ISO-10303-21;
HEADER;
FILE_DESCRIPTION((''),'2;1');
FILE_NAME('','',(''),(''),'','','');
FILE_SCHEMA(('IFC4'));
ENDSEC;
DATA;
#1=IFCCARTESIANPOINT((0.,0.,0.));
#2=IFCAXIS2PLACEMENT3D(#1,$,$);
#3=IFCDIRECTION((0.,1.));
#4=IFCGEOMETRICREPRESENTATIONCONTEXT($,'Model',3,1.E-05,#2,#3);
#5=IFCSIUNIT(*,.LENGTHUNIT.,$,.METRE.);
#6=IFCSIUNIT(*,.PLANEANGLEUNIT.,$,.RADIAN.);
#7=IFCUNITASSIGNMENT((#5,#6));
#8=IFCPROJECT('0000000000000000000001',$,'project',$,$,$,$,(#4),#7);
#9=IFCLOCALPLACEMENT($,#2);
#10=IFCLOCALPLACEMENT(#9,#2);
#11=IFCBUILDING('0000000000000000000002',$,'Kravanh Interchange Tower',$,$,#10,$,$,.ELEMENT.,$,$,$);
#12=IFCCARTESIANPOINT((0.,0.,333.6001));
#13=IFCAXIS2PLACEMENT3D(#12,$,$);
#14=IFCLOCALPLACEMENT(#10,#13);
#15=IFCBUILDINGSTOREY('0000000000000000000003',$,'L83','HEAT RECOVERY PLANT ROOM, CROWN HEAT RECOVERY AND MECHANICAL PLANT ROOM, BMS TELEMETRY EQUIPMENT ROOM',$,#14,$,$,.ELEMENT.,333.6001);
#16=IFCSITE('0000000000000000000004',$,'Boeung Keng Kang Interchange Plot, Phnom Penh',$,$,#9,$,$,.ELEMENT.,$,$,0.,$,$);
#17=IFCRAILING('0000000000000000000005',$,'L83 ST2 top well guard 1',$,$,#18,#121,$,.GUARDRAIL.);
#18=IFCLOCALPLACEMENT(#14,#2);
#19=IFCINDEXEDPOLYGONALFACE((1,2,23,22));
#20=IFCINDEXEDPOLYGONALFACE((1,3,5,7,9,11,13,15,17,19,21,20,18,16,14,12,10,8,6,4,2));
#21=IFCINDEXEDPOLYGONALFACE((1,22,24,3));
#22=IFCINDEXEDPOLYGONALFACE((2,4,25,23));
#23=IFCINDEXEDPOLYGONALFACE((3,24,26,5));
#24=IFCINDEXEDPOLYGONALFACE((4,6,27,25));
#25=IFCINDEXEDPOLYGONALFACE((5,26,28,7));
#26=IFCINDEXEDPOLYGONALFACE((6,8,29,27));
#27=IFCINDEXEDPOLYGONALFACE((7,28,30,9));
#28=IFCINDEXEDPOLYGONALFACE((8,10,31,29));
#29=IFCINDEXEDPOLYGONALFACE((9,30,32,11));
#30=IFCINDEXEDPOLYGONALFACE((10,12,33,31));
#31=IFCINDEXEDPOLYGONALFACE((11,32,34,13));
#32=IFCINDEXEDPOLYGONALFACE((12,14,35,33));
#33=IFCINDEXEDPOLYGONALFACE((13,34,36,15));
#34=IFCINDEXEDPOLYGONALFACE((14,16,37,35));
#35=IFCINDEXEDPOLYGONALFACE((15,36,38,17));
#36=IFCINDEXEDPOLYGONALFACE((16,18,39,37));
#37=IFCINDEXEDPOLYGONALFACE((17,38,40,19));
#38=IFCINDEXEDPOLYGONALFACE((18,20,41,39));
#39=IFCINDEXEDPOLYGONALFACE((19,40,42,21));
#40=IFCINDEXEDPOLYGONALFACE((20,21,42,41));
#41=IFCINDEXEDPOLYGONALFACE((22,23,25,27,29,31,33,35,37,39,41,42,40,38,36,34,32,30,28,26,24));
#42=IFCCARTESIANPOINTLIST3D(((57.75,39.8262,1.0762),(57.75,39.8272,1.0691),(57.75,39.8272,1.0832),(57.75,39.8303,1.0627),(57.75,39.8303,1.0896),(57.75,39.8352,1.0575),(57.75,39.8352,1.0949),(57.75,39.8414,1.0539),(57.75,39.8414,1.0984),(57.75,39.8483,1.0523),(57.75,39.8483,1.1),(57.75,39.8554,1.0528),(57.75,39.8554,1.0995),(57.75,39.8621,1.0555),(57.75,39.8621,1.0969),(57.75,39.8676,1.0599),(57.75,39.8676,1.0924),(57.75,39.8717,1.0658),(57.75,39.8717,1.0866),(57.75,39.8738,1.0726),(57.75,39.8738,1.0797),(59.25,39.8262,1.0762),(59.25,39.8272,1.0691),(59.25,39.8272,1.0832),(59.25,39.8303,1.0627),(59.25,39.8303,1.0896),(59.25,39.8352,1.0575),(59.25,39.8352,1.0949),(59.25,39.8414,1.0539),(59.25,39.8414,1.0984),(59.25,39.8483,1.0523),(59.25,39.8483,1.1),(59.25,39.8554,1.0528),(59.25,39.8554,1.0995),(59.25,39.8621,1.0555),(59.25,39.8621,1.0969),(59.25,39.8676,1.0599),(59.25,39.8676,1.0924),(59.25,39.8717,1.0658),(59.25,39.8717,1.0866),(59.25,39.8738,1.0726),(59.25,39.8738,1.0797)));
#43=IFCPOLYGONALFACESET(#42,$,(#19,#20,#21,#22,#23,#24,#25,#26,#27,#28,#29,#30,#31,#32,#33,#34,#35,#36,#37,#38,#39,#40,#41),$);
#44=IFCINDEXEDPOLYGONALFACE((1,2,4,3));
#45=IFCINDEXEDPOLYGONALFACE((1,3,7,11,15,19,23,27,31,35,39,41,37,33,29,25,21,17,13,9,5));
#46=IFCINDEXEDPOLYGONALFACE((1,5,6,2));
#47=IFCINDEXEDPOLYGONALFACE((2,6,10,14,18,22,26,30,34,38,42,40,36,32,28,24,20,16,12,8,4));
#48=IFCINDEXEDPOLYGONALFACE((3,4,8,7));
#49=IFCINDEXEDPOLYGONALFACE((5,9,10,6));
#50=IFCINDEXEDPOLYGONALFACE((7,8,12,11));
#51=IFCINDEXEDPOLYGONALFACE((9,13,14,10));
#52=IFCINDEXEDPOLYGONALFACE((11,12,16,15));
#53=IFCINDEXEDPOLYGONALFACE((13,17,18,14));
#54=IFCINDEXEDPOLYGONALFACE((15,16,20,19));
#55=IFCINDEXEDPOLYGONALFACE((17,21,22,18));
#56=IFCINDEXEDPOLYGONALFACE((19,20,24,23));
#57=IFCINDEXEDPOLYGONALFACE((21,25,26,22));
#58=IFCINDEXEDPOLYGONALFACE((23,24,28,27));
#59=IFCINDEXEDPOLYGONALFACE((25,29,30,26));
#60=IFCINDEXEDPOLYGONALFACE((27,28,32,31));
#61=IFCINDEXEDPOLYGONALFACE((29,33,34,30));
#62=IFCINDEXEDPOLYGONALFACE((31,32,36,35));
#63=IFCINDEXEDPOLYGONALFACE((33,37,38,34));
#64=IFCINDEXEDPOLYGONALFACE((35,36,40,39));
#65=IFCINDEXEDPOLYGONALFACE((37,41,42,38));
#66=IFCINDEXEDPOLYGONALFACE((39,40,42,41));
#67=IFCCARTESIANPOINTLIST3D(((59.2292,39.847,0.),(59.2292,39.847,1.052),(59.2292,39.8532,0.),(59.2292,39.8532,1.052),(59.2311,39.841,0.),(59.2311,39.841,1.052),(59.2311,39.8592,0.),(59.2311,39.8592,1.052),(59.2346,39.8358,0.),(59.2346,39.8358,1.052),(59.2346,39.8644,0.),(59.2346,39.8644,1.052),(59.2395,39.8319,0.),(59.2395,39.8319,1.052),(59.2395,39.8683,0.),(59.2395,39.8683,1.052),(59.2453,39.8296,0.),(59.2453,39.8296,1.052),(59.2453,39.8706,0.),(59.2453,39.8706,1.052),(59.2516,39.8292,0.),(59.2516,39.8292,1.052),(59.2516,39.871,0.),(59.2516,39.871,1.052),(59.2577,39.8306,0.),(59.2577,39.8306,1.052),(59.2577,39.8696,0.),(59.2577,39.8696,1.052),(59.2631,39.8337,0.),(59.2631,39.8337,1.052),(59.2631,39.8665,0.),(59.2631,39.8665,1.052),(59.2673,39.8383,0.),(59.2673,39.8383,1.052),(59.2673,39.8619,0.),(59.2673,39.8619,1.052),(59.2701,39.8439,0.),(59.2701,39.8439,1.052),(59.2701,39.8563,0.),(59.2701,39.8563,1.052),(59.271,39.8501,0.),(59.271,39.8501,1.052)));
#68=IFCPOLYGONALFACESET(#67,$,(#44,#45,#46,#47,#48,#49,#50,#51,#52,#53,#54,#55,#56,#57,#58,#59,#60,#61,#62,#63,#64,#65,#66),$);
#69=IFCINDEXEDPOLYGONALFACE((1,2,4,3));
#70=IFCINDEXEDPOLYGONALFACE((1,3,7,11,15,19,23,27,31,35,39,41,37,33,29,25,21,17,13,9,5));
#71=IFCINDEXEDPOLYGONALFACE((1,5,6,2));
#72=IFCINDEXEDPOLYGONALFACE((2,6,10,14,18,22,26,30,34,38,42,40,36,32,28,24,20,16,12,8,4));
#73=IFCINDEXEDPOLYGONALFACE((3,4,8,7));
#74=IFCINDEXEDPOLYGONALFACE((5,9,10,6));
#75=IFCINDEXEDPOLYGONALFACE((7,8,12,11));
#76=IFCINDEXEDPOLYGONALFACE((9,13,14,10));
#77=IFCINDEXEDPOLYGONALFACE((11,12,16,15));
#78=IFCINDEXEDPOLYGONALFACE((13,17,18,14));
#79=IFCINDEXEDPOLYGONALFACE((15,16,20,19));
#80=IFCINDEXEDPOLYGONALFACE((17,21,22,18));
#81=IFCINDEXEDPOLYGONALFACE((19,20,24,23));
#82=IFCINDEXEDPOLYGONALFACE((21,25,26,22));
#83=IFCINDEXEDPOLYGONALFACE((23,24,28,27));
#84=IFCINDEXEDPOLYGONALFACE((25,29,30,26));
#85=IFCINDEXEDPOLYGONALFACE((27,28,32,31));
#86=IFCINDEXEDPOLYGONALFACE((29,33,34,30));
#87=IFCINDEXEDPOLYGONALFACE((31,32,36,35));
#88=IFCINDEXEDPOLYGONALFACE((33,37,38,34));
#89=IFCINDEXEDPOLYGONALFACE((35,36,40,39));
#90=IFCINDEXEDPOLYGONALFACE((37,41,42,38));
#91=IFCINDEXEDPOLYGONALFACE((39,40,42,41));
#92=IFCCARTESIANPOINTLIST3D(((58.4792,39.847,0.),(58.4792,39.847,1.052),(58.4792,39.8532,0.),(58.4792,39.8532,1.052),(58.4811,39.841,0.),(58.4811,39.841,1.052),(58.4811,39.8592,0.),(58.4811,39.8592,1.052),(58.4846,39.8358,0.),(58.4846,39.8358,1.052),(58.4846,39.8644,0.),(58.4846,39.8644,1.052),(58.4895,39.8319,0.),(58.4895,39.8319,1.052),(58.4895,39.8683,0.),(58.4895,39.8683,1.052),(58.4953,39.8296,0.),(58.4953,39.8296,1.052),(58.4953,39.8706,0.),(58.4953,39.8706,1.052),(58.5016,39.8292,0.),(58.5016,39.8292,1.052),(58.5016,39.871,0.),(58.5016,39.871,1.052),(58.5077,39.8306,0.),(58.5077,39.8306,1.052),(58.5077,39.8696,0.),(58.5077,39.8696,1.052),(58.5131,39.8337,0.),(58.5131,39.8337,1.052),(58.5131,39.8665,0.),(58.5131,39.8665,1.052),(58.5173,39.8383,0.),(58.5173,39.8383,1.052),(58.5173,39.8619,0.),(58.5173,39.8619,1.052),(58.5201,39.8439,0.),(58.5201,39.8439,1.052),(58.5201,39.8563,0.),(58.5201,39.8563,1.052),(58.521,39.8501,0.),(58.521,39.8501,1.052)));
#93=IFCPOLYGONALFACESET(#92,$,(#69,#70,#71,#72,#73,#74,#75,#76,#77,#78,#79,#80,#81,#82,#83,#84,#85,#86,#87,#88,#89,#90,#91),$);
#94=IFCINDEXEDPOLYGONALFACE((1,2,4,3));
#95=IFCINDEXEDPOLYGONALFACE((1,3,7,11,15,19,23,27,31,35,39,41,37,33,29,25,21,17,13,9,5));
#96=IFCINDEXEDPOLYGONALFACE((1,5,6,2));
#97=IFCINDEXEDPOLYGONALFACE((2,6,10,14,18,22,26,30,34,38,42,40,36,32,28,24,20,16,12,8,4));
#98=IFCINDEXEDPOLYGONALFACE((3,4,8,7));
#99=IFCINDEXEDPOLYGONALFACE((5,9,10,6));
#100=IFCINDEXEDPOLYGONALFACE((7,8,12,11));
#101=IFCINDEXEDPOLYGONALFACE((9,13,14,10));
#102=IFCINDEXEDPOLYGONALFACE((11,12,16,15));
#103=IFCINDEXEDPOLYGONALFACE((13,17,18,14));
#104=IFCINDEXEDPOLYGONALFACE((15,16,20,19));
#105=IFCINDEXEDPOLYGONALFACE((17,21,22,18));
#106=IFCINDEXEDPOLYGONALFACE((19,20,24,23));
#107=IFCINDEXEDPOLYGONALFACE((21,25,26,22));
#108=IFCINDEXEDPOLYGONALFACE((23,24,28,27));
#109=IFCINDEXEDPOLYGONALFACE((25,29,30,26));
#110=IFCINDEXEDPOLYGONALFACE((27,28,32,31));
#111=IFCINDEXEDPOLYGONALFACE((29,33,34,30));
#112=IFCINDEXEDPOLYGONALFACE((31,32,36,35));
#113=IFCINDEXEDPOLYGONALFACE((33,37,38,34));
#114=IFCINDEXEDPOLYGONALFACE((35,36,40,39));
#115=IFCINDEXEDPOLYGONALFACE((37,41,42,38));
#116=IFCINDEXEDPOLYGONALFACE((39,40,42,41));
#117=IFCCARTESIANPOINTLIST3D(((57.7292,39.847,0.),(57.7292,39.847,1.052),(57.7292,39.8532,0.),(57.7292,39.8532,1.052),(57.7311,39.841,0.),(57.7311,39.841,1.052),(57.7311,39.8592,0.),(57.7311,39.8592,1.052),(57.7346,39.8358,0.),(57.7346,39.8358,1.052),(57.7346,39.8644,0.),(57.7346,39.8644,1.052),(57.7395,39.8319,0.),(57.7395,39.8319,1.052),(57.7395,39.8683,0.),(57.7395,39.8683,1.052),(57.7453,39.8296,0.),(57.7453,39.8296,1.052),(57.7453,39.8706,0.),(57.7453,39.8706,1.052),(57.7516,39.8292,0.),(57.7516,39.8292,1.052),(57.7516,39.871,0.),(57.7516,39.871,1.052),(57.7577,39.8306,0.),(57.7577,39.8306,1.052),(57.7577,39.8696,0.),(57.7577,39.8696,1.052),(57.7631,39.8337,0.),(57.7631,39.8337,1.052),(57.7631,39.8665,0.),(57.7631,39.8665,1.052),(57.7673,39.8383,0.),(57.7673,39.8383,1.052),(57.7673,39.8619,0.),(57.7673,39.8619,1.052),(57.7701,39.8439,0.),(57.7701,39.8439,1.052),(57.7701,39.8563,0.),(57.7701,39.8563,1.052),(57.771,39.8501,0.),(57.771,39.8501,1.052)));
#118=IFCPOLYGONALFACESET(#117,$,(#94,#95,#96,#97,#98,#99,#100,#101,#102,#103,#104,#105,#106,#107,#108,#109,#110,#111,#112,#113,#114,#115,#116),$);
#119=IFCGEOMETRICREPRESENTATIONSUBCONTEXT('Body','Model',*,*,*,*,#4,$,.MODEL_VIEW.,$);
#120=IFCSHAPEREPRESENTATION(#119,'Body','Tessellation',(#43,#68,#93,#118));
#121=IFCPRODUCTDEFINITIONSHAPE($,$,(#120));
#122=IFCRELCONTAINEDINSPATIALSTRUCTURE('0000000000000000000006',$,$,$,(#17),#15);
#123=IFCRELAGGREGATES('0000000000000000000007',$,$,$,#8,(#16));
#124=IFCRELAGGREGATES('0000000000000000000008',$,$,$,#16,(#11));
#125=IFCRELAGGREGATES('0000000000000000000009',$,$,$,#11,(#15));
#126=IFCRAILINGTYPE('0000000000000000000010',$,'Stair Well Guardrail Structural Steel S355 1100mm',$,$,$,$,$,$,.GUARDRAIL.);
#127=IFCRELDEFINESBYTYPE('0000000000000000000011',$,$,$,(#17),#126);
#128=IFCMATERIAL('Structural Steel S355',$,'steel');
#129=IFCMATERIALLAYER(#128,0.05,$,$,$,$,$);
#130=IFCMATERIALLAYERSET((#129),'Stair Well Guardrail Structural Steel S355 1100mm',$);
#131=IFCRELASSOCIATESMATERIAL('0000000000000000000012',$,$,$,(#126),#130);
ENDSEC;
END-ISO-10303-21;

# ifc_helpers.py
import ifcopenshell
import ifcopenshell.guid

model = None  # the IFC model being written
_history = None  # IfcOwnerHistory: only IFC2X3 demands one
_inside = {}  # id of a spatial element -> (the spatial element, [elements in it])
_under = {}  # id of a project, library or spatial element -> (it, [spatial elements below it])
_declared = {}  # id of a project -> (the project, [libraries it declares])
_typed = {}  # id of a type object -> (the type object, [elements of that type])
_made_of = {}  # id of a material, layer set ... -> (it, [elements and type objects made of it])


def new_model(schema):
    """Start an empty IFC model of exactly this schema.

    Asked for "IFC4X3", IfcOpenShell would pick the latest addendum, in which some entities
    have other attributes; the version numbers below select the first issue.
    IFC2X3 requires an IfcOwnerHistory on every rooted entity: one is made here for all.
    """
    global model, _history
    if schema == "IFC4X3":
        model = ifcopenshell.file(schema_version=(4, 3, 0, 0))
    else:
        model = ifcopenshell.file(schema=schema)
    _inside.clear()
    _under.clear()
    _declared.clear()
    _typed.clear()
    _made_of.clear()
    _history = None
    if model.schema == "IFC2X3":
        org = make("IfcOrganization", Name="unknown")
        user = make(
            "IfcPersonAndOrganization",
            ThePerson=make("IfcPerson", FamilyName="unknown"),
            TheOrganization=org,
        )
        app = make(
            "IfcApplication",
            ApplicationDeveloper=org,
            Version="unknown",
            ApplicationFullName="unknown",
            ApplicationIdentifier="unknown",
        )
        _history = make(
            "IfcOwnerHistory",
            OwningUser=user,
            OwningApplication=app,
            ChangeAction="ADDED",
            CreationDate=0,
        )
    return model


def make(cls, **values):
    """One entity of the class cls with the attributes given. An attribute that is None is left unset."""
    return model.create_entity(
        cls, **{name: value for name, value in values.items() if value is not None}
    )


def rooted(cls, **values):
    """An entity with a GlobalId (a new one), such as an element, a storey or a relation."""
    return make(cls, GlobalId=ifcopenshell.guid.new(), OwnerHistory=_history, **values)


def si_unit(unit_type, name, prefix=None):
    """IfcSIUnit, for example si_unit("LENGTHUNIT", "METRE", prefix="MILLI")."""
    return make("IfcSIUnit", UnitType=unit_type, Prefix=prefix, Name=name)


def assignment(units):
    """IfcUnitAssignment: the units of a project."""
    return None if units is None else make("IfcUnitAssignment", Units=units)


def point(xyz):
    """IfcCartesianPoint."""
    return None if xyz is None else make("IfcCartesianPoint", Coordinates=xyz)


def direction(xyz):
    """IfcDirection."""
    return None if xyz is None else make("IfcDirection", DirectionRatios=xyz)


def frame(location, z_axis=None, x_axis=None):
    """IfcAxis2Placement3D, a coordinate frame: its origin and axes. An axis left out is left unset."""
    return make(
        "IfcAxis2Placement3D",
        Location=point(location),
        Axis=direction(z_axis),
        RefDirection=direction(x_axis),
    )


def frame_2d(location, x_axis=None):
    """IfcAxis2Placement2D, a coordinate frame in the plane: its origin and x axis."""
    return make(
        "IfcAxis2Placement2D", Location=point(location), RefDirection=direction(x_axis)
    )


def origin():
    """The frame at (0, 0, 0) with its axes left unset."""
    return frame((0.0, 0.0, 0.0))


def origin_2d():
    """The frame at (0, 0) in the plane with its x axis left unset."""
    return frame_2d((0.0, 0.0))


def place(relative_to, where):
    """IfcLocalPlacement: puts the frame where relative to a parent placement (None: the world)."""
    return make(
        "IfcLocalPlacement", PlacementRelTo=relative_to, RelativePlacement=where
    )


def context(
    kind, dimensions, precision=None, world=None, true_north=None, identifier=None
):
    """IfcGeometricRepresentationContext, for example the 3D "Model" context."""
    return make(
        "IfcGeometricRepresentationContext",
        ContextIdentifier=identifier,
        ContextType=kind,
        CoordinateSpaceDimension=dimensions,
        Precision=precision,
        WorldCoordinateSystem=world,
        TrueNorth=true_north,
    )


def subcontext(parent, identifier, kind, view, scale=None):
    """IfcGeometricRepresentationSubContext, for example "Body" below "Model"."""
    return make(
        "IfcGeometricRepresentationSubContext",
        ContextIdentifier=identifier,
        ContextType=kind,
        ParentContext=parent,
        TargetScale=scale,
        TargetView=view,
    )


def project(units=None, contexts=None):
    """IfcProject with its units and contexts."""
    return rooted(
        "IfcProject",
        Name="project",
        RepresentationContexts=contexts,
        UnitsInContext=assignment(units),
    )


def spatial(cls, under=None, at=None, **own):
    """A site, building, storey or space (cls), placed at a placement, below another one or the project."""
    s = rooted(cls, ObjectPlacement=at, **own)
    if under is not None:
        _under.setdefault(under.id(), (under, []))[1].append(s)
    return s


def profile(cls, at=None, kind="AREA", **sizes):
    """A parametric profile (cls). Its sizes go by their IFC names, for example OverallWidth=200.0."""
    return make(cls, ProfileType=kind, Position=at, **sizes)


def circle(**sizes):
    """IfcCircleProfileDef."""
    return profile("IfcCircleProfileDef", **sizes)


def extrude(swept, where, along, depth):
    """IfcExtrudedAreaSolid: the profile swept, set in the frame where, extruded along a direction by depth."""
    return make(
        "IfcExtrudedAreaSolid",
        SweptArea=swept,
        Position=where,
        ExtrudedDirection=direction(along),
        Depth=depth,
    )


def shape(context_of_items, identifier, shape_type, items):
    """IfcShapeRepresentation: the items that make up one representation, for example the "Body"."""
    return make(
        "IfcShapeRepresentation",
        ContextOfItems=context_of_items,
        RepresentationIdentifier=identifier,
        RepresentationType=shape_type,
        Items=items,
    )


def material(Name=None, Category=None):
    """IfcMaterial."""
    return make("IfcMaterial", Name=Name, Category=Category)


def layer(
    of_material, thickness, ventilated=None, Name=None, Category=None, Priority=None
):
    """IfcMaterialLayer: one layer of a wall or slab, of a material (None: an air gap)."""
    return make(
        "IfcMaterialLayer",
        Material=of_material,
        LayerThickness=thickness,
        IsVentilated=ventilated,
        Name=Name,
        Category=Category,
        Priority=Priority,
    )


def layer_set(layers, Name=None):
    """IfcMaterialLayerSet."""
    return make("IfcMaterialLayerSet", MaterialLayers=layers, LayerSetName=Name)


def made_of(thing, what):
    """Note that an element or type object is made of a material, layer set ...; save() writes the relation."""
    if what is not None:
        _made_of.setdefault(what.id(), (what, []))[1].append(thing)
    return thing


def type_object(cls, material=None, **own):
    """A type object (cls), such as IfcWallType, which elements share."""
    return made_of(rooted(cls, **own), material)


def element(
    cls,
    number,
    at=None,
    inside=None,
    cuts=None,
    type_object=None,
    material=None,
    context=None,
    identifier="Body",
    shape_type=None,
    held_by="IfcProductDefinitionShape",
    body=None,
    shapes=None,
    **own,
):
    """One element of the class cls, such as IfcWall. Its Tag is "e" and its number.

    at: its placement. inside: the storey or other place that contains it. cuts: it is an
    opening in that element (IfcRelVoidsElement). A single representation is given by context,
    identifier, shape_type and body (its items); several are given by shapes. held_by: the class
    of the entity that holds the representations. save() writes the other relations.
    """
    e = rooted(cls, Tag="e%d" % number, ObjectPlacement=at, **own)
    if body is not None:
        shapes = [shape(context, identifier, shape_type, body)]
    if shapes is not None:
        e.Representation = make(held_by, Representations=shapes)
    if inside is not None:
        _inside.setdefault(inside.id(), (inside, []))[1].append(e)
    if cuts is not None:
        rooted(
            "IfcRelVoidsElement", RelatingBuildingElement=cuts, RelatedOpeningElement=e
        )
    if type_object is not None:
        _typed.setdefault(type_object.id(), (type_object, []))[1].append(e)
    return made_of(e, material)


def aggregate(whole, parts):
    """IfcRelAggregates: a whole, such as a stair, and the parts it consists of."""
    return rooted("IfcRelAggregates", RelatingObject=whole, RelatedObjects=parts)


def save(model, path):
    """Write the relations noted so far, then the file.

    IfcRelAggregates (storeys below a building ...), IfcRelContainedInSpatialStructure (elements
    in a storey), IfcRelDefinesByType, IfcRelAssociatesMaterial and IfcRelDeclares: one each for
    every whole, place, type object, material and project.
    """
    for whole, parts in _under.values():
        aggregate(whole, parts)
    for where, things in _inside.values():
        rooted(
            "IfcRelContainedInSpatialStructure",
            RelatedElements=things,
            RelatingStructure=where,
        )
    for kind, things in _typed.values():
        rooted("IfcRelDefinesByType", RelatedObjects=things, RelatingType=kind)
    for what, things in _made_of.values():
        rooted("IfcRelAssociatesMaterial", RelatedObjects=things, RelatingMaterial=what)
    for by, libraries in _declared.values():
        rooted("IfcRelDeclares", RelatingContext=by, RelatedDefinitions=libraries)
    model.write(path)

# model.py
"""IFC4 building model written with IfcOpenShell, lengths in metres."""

from ifc_helpers import new_model, si_unit, direction, frame, origin, origin_2d, place, context, subcontext, project, spatial, circle, extrude, material, layer, layer_set, type_object, element, save


model = new_model("IFC4")

# Units and contexts
model_context = context("Model", 3, precision=1e-05, world=origin(), true_north=direction((0.0, 1.0)))
body_context = subcontext(model_context, "Body", "Model", "MODEL_VIEW")
ifc_project = project(units=[si_unit("LENGTHUNIT", "METRE"), si_unit("PLANEANGLEUNIT", "RADIAN")], contexts=[model_context])

# Site, building, storey
site_placement = place(None, origin())
site = spatial("IfcSite", under=ifc_project, at=site_placement, Name="Boeung Keng Kang Interchange Plot, Phnom Penh", CompositionType="ELEMENT", RefElevation=0.0)
building_placement = place(site_placement, origin())
building = spatial("IfcBuilding", under=site, at=building_placement, Name="Kravanh Interchange Tower", CompositionType="ELEMENT")
storey_placement = place(building_placement, frame((0.0, 0.0, 333.6001)))
storey = spatial("IfcBuildingStorey", under=building, at=storey_placement, Name="L83", Description="HEAT RECOVERY PLANT ROOM, CROWN HEAT RECOVERY AND MECHANICAL PLANT ROOM, BMS TELEMETRY EQUIPMENT ROOM", CompositionType="ELEMENT", Elevation=333.6001)

# Railing
ifc_material_1 = material(Name="Structural Steel S355", Category="steel")
ifc_layer_1 = layer(ifc_material_1, 0.05)
ifc_layer_set_1 = layer_set([ifc_layer_1], Name="Stair Well Guardrail Structural Steel S355 1100mm")
railing_type = type_object("IfcRailingType", Name="Stair Well Guardrail Structural Steel S355 1100mm", PredefinedType="GUARDRAIL", material=ifc_layer_set_1)
for number, where, name in (
    (1, (59.25, 39.8501, 0.0), "L83 ST2 top well guard 1"),
):
    element("IfcRailing", number, at=place(storey_placement, frame(where)), inside=storey, type_object=railing_type, Name=name, PredefinedType="GUARDRAIL", context=body_context, shape_type="SweptSolid", body=[
        extrude(circle(Radius=0.0239, at=origin_2d()), frame((0.0, 0.0, 1.0762), z_axis=(-1.0, 0.0, 0.0), x_axis=(0.0, -1.0, 0.0)), (0.0, 0.0, 1.0), 1.5),
        extrude(circle(Radius=0.021, at=origin_2d()), origin(), (0.0, 0.0, 1.0), 1.052),
        extrude(circle(Radius=0.021, at=origin_2d()), frame((-0.75, 0.0, 0.0)), (0.0, 0.0, 1.0), 1.052),
        extrude(circle(Radius=0.021, at=origin_2d()), frame((-1.5, 0.0, 0.0)), (0.0, 0.0, 1.0), 1.052),
    ])

save(model, "model.ifc")
